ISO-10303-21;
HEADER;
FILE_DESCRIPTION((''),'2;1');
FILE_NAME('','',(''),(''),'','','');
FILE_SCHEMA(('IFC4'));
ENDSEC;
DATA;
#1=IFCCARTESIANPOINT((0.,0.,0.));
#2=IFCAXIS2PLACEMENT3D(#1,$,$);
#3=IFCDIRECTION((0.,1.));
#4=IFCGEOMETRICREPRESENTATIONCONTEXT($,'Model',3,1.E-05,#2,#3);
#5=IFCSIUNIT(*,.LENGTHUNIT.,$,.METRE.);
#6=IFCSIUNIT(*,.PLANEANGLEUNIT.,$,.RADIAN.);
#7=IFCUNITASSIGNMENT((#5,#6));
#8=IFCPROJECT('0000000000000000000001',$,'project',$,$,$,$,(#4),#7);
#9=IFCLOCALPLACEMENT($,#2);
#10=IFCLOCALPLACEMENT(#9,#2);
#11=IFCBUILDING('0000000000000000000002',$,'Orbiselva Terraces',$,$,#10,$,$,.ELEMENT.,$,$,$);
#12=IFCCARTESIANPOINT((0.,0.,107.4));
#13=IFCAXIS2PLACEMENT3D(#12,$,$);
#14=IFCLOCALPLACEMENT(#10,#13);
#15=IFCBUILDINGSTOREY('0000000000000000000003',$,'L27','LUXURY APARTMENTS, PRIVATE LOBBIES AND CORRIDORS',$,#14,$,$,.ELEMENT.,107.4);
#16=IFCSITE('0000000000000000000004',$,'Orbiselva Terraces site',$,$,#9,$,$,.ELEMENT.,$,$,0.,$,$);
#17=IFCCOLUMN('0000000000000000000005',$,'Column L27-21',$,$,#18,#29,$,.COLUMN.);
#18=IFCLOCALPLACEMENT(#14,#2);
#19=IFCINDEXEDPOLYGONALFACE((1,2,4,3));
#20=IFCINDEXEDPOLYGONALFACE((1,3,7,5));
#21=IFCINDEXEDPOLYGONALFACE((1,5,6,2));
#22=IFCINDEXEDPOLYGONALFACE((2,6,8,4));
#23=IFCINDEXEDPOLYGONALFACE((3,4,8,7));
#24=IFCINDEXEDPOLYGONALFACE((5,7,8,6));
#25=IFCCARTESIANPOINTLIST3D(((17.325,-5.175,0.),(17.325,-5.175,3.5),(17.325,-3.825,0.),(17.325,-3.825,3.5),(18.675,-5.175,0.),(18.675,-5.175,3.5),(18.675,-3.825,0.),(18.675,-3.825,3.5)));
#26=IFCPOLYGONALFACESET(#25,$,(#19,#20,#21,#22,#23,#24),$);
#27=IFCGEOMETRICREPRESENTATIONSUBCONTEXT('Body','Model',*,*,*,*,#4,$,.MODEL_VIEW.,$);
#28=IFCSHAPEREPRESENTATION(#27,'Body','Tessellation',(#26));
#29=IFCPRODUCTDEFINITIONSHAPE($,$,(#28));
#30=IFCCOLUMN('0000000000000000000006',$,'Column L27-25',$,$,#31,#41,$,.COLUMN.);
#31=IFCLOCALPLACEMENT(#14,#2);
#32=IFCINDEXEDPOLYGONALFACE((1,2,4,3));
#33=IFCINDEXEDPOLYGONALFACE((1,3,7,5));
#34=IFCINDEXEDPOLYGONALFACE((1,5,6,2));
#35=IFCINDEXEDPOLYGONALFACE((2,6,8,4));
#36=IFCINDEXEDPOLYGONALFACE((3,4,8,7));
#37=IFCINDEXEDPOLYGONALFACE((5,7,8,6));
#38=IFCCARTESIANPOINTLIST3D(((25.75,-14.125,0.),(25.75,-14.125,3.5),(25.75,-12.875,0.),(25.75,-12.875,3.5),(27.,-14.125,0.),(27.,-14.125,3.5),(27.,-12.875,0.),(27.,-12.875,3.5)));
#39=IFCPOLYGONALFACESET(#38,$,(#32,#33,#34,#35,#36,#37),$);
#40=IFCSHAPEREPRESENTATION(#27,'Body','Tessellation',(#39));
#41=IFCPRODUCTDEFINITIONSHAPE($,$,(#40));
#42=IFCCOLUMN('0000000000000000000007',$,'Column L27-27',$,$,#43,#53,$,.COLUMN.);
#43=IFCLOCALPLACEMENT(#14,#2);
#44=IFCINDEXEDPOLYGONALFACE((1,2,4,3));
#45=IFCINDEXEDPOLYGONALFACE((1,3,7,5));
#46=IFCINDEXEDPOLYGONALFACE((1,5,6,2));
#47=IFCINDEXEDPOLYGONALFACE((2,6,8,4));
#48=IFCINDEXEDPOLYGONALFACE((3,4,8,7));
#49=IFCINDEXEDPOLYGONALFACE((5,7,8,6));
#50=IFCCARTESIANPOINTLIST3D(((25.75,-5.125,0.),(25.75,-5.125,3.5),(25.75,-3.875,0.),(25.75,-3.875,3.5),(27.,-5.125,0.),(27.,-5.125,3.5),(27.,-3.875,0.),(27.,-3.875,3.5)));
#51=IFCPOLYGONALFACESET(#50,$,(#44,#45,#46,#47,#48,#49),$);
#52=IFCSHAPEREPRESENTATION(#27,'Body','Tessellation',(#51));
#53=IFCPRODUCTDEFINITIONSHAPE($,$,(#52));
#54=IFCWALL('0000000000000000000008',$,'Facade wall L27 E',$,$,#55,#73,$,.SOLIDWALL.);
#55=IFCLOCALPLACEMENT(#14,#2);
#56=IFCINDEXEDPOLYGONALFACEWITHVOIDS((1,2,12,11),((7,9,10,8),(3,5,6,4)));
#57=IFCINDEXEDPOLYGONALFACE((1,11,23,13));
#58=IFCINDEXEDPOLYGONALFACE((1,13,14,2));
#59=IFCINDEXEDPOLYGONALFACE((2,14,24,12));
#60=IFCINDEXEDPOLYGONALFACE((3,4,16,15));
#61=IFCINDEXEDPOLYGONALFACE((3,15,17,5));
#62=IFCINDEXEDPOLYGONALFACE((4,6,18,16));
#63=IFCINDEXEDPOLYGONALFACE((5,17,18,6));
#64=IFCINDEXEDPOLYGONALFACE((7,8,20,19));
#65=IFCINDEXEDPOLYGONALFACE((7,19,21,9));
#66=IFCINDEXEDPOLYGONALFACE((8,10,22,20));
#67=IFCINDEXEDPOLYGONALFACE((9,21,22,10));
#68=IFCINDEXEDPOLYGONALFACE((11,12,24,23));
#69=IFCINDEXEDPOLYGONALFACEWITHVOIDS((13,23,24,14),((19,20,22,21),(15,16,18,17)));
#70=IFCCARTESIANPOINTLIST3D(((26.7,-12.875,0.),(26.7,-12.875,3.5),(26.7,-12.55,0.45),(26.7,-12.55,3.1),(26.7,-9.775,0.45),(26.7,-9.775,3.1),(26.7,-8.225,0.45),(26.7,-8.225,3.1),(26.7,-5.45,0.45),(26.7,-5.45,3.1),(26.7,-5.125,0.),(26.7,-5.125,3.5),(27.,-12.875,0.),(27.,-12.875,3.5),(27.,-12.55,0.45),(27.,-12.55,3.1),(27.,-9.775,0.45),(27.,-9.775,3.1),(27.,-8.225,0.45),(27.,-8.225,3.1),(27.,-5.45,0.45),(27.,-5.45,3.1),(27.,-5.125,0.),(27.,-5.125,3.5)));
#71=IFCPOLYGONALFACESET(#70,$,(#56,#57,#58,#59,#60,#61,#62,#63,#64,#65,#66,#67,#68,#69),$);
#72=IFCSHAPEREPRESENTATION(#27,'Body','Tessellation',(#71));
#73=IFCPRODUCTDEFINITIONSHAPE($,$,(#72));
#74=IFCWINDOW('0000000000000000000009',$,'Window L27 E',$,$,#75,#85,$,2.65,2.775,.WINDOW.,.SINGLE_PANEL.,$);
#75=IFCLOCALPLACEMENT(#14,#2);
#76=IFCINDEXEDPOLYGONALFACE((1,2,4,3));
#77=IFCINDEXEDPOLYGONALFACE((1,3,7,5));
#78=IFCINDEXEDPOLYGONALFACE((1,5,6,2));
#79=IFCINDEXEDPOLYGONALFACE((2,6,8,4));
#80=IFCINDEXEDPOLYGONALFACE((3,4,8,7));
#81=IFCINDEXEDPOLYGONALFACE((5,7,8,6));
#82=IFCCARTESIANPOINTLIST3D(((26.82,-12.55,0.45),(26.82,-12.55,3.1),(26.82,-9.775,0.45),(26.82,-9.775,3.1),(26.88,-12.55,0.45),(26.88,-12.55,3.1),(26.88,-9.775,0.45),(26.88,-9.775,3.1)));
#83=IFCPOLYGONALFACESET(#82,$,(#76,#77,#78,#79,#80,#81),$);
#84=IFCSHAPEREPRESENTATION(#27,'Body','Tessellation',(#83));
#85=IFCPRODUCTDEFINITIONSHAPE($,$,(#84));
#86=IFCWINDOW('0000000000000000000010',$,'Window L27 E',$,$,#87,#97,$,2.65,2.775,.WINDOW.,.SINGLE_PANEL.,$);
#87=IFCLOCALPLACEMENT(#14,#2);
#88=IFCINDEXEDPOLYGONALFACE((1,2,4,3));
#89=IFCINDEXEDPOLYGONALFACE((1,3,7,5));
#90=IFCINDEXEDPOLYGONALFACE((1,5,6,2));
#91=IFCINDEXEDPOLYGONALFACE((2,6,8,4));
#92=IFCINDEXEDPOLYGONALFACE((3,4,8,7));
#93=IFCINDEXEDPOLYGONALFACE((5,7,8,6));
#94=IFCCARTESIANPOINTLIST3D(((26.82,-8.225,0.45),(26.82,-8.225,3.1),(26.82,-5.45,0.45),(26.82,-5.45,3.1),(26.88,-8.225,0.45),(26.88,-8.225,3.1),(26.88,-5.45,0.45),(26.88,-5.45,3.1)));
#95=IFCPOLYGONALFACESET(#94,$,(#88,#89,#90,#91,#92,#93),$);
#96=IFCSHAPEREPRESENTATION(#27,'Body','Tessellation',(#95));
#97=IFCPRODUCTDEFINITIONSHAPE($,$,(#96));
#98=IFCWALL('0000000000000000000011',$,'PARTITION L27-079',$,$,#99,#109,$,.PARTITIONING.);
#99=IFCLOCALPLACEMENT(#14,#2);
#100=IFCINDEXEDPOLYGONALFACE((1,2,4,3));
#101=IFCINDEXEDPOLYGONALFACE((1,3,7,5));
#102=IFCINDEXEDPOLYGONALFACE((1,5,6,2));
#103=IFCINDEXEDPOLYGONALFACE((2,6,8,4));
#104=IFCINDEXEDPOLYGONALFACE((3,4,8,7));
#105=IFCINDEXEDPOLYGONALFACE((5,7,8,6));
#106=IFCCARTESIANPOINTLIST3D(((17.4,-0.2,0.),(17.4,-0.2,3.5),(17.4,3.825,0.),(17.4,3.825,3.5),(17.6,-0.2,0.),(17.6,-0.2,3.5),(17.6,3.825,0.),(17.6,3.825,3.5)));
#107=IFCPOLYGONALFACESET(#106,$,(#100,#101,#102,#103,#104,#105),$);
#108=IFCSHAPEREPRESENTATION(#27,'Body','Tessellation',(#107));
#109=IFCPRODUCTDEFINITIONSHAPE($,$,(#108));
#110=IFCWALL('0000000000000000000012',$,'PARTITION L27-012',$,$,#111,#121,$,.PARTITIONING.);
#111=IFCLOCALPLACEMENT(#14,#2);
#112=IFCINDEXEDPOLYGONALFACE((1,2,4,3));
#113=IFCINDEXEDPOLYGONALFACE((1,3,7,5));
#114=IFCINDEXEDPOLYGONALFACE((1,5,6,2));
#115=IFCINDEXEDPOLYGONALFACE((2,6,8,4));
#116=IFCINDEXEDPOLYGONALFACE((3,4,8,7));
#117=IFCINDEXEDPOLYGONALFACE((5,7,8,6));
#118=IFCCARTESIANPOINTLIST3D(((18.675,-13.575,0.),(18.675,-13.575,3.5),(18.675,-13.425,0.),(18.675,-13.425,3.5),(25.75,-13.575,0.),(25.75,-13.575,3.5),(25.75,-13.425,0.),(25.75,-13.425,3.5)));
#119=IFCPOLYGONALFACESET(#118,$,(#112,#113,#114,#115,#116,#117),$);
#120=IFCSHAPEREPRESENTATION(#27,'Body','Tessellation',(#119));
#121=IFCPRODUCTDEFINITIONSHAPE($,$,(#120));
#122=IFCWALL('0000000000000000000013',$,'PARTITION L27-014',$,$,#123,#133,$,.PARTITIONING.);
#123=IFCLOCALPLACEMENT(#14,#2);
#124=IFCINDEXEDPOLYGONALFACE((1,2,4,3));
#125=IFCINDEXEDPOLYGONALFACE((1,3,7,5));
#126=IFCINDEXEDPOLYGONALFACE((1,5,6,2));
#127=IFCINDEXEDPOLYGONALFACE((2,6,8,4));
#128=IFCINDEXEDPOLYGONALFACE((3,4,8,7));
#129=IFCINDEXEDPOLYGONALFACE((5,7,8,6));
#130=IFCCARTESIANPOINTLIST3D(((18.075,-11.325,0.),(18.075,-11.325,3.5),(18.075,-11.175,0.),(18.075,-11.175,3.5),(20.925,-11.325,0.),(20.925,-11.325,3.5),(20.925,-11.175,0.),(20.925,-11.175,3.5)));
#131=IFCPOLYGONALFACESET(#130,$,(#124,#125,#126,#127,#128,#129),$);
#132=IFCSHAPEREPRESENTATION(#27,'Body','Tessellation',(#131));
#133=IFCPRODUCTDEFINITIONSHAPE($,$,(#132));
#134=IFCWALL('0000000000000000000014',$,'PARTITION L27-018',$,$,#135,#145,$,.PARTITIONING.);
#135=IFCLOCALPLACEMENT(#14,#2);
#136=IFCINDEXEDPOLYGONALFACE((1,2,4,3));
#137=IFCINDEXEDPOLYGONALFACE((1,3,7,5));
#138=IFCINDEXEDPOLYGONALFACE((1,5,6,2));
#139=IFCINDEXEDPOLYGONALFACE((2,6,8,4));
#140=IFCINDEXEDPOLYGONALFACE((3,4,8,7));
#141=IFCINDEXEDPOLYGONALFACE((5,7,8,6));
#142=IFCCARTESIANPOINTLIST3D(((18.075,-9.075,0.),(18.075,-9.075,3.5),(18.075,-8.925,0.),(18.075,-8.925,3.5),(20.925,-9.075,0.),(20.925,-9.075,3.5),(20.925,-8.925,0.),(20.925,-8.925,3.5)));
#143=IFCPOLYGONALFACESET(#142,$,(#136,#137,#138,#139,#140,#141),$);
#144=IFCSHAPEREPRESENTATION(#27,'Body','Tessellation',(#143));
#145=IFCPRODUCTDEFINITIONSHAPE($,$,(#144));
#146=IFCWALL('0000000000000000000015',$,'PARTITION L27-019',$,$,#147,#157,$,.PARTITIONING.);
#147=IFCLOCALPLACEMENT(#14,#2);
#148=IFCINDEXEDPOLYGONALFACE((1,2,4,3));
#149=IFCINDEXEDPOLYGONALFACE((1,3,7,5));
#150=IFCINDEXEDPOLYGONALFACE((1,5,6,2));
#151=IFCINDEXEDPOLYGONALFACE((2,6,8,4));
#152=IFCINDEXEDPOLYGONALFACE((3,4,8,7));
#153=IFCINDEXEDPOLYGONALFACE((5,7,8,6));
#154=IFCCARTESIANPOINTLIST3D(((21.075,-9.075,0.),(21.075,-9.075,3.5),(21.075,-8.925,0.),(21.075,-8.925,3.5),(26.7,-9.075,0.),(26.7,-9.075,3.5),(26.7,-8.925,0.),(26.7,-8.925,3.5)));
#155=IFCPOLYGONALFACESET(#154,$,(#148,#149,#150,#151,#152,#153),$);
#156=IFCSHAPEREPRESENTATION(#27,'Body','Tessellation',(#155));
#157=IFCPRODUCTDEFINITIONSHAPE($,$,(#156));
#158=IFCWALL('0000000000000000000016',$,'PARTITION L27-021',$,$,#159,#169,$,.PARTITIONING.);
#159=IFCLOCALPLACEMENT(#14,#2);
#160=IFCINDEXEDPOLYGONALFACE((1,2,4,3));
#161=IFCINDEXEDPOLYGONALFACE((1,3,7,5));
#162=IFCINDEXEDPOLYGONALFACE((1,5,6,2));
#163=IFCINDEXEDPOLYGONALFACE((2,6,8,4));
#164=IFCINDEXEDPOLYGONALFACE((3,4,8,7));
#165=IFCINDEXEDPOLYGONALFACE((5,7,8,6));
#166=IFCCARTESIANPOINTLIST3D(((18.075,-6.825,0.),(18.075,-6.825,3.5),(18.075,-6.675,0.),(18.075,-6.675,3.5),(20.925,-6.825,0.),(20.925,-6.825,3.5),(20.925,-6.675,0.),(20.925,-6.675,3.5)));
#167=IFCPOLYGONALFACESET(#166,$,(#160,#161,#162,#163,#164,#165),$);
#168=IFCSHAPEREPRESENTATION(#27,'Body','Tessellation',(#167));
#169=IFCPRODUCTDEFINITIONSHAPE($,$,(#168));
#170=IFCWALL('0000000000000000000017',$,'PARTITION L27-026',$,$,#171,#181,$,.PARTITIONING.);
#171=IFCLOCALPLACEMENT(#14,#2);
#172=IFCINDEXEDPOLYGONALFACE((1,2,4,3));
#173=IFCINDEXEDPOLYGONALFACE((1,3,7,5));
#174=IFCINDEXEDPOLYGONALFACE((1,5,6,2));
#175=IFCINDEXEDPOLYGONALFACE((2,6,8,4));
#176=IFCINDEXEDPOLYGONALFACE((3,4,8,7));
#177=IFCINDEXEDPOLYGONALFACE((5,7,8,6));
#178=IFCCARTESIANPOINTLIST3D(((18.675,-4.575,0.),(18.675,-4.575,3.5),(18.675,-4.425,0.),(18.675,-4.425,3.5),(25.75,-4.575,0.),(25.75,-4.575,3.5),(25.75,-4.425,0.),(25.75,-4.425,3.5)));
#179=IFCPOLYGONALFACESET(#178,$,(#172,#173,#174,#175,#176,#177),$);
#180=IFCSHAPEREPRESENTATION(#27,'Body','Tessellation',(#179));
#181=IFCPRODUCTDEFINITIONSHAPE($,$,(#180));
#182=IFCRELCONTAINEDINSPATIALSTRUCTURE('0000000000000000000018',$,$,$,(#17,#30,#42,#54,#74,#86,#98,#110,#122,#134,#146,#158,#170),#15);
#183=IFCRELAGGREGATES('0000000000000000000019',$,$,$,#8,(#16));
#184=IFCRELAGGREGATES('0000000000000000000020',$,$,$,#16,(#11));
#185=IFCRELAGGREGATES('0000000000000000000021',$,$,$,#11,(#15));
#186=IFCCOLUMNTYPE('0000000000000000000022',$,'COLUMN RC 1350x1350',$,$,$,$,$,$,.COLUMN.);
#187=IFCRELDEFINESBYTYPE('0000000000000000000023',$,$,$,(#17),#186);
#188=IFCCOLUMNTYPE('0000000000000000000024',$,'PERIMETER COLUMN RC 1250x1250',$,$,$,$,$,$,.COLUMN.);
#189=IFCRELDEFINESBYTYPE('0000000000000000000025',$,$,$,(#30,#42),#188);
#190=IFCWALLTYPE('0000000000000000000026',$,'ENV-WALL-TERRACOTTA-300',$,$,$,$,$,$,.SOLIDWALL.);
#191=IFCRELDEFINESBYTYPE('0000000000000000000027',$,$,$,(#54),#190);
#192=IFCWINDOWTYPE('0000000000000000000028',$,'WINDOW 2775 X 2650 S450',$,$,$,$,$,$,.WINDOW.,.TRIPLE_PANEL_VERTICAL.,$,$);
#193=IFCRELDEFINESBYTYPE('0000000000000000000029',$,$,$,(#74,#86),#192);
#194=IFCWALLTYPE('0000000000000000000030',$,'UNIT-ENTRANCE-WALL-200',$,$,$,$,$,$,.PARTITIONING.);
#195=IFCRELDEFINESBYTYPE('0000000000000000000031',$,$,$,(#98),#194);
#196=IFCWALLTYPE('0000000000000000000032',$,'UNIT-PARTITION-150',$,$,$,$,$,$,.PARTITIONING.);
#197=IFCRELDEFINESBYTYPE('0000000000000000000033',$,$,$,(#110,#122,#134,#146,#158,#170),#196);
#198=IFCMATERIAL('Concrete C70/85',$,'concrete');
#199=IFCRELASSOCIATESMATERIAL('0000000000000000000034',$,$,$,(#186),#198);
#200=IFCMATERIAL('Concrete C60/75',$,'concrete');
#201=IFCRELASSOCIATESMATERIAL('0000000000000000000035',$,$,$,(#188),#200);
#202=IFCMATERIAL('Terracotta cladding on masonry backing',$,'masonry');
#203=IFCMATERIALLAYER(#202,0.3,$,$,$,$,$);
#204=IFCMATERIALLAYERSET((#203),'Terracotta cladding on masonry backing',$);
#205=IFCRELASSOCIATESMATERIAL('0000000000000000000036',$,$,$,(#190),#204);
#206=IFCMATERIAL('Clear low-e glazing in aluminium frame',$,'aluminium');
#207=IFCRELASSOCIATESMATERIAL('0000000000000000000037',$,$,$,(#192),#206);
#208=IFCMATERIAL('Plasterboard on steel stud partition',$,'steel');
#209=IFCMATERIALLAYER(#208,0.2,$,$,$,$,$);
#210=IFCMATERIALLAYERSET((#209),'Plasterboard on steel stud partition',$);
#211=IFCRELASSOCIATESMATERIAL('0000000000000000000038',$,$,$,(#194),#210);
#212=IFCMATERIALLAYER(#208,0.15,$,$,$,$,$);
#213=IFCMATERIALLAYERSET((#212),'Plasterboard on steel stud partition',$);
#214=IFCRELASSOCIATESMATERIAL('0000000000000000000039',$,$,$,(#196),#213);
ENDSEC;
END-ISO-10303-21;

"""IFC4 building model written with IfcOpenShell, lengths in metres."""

from ifc_helpers import new_model, si_unit, direction, frame, frame_2d, origin, origin_2d, place, context, subcontext, project, spatial, rectangle, extrude, material, layer, layer_set, material_profile, profile_set, type_object, element, fill, save


model = new_model("IFC4")

# Units and contexts
model_context = context("Model", 3, precision=1e-05, world=origin(), true_north=direction((0.0, 1.0)))
body_context = subcontext(model_context, "Body", "Model", "MODEL_VIEW")
ifc_project = project(units=[si_unit("LENGTHUNIT", "METRE"), si_unit("PLANEANGLEUNIT", "RADIAN")], contexts=[model_context])

# Site, building, storey
site_placement = place(None, origin())
site = spatial("IfcSite", under=ifc_project, at=site_placement, Name="Orbiselva Terraces site", CompositionType="ELEMENT", RefElevation=0.0)
building_placement = place(site_placement, origin())
building = spatial("IfcBuilding", under=site, at=building_placement, Name="Orbiselva Terraces", CompositionType="ELEMENT")
storey_placement = place(building_placement, frame((0.0, 0.0, 107.4)))
storey = spatial("IfcBuildingStorey", under=building, at=storey_placement, Name="L27", Description="LUXURY APARTMENTS, PRIVATE LOBBIES AND CORRIDORS", CompositionType="ELEMENT", Elevation=107.4)

# Columns
ifc_material_1 = material(Name="Concrete C70/85", Category="concrete")
ifc_material_profile_1 = material_profile(ifc_material_1, rectangle(XDim=1.35, YDim=1.35, at=origin_2d()), Name="RC 1350x1350")
ifc_profile_set_1 = profile_set([ifc_material_profile_1], Name="Concrete C70/85")
column_type_1 = type_object("IfcColumnType", Name="COLUMN RC 1350x1350", PredefinedType="COLUMN", material=ifc_profile_set_1)
column_placement = place(storey_placement, frame((18.0, -4.5, 0.0), z_axis=(0.0, 0.0, 1.0), x_axis=(1.0, 0.0, 0.0)))
element("IfcColumn", 1, at=column_placement, inside=storey, type_object=column_type_1, Name="Column L27-21", PredefinedType="COLUMN", context=body_context, shape_type="SweptSolid", body=[
    extrude(rectangle(XDim=1.35, YDim=1.35, at=origin_2d()), origin(), (0.0, 0.0, 1.0), 3.5),
])
ifc_material_2 = material(Name="Concrete C60/75", Category="concrete")
ifc_material_profile_2 = material_profile(ifc_material_2, rectangle(XDim=1.25, YDim=1.25, at=origin_2d()), Name="RC 1250x1250")
ifc_profile_set_2 = profile_set([ifc_material_profile_2], Name="Concrete C60/75")
column_type_2 = type_object("IfcColumnType", Name="PERIMETER COLUMN RC 1250x1250", PredefinedType="COLUMN", material=ifc_profile_set_2)
for number, where, z_axis, x_axis, name in (
    (2, (26.375, -13.5, 0.0), (0.0, 0.0, 1.0), (1.0, 0.0, 0.0), "Column L27-25"),
    (3, (26.375, -4.5, 0.0), (0.0, 0.0, 1.0), (1.0, 0.0, 0.0), "Column L27-27"),
):
    element("IfcColumn", number, at=place(storey_placement, frame(where, z_axis=z_axis, x_axis=x_axis)), inside=storey, type_object=column_type_2, Name=name, PredefinedType="COLUMN", context=body_context, shape_type="SweptSolid", body=[
        extrude(rectangle(XDim=1.25, YDim=1.25, at=origin_2d()), origin(), (0.0, 0.0, 1.0), 3.5),
    ])

# Wall, openings, windows
ifc_material_3 = material(Name="Terracotta cladding on masonry backing", Category="masonry")
ifc_layer_1 = layer(ifc_material_3, 0.3)
ifc_layer_set_1 = layer_set([ifc_layer_1], Name="Terracotta cladding on masonry backing")
wall_type_1 = type_object("IfcWallType", Name="ENV-WALL-TERRACOTTA-300", PredefinedType="SOLIDWALL", material=ifc_layer_set_1)
wall_1_placement = place(storey_placement, frame((26.85, -5.125, 0.0), z_axis=(0.0, 0.0, 1.0), x_axis=(0.0, -1.0, 0.0)))
wall_1 = element("IfcWall", 4, at=wall_1_placement, inside=storey, type_object=wall_type_1, Name="Facade wall L27 E", PredefinedType="SOLIDWALL", context=body_context, shape_type="SweptSolid", body=[
    extrude(rectangle(XDim=7.75, YDim=0.3, at=frame_2d((3.875, 0.0))), origin(), (0.0, 0.0, 1.0), 3.5),
])
opening_1_placement = place(wall_1_placement, frame((4.65, 0.0, 0.45)))
opening_1 = element("IfcOpeningElement", 5, at=opening_1_placement, cuts=wall_1, PredefinedType="OPENING", context=body_context, shape_type="SweptSolid", body=[
    extrude(rectangle(XDim=2.775, YDim=2.65, at=frame_2d((1.3875, 1.325))), frame((0.0, 0.16, 0.0), z_axis=(0.0, -1.0, 0.0), x_axis=(1.0, 0.0, 0.0)), (0.0, 0.0, 1.0), 0.32),
])
opening_2_placement = place(wall_1_placement, frame((0.325, 0.0, 0.45)))
opening_2 = element("IfcOpeningElement", 6, at=opening_2_placement, cuts=wall_1, PredefinedType="OPENING", context=body_context, shape_type="SweptSolid", body=[
    extrude(rectangle(XDim=2.775, YDim=2.65, at=frame_2d((1.3875, 1.325))), frame((0.0, 0.16, 0.0), z_axis=(0.0, -1.0, 0.0), x_axis=(1.0, 0.0, 0.0)), (0.0, 0.0, 1.0), 0.32),
])
ifc_material_4 = material(Name="Clear low-e glazing in aluminium frame", Category="aluminium")
window_type = type_object("IfcWindowType", Name="WINDOW 2775 X 2650 S450", PartitioningType="TRIPLE_PANEL_VERTICAL", PredefinedType="WINDOW", material=ifc_material_4)
window_1_placement = place(opening_1_placement, origin())
window_1 = element("IfcWindow", 7, at=window_1_placement, inside=storey, type_object=window_type, Name="Window L27 E", OverallHeight=2.65, OverallWidth=2.775, PartitioningType="SINGLE_PANEL", PredefinedType="WINDOW", context=body_context, shape_type="SweptSolid", body=[
    extrude(rectangle(XDim=2.775, YDim=2.65, at=frame_2d((1.3875, 1.325))), frame((0.0, 0.03, 0.0), z_axis=(0.0, -1.0, 0.0), x_axis=(1.0, 0.0, 0.0)), (0.0, 0.0, 1.0), 0.06),
])
fill(opening_1, window_1)
window_2_placement = place(opening_2_placement, origin())
window_2 = element("IfcWindow", 8, at=window_2_placement, inside=storey, type_object=window_type, Name="Window L27 E", OverallHeight=2.65, OverallWidth=2.775, PartitioningType="SINGLE_PANEL", PredefinedType="WINDOW", context=body_context, shape_type="SweptSolid", body=[
    extrude(rectangle(XDim=2.775, YDim=2.65, at=frame_2d((1.3875, 1.325))), frame((0.0, 0.03, 0.0), z_axis=(0.0, -1.0, 0.0), x_axis=(1.0, 0.0, 0.0)), (0.0, 0.0, 1.0), 0.06),
])
fill(opening_2, window_2)

# Walls
ifc_material_5 = material(Name="Plasterboard on steel stud partition", Category="steel")
ifc_layer_2 = layer(ifc_material_5, 0.2)
ifc_layer_set_2 = layer_set([ifc_layer_2], Name="Plasterboard on steel stud partition")
wall_type_2 = type_object("IfcWallType", Name="UNIT-ENTRANCE-WALL-200", PredefinedType="PARTITIONING", material=ifc_layer_set_2)
wall_2_placement = place(storey_placement, frame((17.5, -0.2, 0.0), z_axis=(0.0, 0.0, 1.0), x_axis=(0.0, 1.0, 0.0)))
element("IfcWall", 9, at=wall_2_placement, inside=storey, type_object=wall_type_2, Name="PARTITION L27-079", PredefinedType="PARTITIONING", context=body_context, shape_type="SweptSolid", body=[
    extrude(rectangle(XDim=4.025, YDim=0.2, at=frame_2d((2.0125, 0.0))), origin(), (0.0, 0.0, 1.0), 3.5),
])
ifc_layer_3 = layer(ifc_material_5, 0.15)
ifc_layer_set_3 = layer_set([ifc_layer_3], Name="Plasterboard on steel stud partition")
wall_type_3 = type_object("IfcWallType", Name="UNIT-PARTITION-150", PredefinedType="PARTITIONING", material=ifc_layer_set_3)
wall_3_placement = place(storey_placement, frame((18.675, -13.5, 0.0), z_axis=(0.0, 0.0, 1.0), x_axis=(1.0, 0.0, 0.0)))
element("IfcWall", 10, at=wall_3_placement, inside=storey, type_object=wall_type_3, Name="PARTITION L27-012", PredefinedType="PARTITIONING", context=body_context, shape_type="SweptSolid", body=[
    extrude(rectangle(XDim=7.075, YDim=0.15, at=frame_2d((3.5375, 0.0))), origin(), (0.0, 0.0, 1.0), 3.5),
])
for number, where, z_axis, x_axis, name in (
    (11, (18.075, -11.25, 0.0), (0.0, 0.0, 1.0), (1.0, 0.0, 0.0), "PARTITION L27-014"),
    (12, (18.075, -9.0, 0.0), (0.0, 0.0, 1.0), (1.0, 0.0, 0.0), "PARTITION L27-018"),
):
    element("IfcWall", number, at=place(storey_placement, frame(where, z_axis=z_axis, x_axis=x_axis)), inside=storey, type_object=wall_type_3, Name=name, PredefinedType="PARTITIONING", context=body_context, shape_type="SweptSolid", body=[
        extrude(rectangle(XDim=2.85, YDim=0.15, at=frame_2d((1.425, 0.0))), origin(), (0.0, 0.0, 1.0), 3.5),
    ])
wall_4_placement = place(storey_placement, frame((21.075, -9.0, 0.0), z_axis=(0.0, 0.0, 1.0), x_axis=(1.0, 0.0, 0.0)))
element("IfcWall", 13, at=wall_4_placement, inside=storey, type_object=wall_type_3, Name="PARTITION L27-019", PredefinedType="PARTITIONING", context=body_context, shape_type="SweptSolid", body=[
    extrude(rectangle(XDim=5.625, YDim=0.15, at=frame_2d((2.8125, 0.0))), origin(), (0.0, 0.0, 1.0), 3.5),
])
wall_5_placement = place(storey_placement, frame((18.075, -6.75, 0.0), z_axis=(0.0, 0.0, 1.0), x_axis=(1.0, 0.0, 0.0)))
element("IfcWall", 14, at=wall_5_placement, inside=storey, type_object=wall_type_3, Name="PARTITION L27-021", PredefinedType="PARTITIONING", context=body_context, shape_type="SweptSolid", body=[
    extrude(rectangle(XDim=2.85, YDim=0.15, at=frame_2d((1.425, 0.0))), origin(), (0.0, 0.0, 1.0), 3.5),
])
wall_6_placement = place(storey_placement, frame((18.675, -4.5, 0.0), z_axis=(0.0, 0.0, 1.0), x_axis=(1.0, 0.0, 0.0)))
element("IfcWall", 15, at=wall_6_placement, inside=storey, type_object=wall_type_3, Name="PARTITION L27-026", PredefinedType="PARTITIONING", context=body_context, shape_type="SweptSolid", body=[
    extrude(rectangle(XDim=7.075, YDim=0.15, at=frame_2d((3.5375, 0.0))), origin(), (0.0, 0.0, 1.0), 3.5),
])

save(model, "model.ifc")
